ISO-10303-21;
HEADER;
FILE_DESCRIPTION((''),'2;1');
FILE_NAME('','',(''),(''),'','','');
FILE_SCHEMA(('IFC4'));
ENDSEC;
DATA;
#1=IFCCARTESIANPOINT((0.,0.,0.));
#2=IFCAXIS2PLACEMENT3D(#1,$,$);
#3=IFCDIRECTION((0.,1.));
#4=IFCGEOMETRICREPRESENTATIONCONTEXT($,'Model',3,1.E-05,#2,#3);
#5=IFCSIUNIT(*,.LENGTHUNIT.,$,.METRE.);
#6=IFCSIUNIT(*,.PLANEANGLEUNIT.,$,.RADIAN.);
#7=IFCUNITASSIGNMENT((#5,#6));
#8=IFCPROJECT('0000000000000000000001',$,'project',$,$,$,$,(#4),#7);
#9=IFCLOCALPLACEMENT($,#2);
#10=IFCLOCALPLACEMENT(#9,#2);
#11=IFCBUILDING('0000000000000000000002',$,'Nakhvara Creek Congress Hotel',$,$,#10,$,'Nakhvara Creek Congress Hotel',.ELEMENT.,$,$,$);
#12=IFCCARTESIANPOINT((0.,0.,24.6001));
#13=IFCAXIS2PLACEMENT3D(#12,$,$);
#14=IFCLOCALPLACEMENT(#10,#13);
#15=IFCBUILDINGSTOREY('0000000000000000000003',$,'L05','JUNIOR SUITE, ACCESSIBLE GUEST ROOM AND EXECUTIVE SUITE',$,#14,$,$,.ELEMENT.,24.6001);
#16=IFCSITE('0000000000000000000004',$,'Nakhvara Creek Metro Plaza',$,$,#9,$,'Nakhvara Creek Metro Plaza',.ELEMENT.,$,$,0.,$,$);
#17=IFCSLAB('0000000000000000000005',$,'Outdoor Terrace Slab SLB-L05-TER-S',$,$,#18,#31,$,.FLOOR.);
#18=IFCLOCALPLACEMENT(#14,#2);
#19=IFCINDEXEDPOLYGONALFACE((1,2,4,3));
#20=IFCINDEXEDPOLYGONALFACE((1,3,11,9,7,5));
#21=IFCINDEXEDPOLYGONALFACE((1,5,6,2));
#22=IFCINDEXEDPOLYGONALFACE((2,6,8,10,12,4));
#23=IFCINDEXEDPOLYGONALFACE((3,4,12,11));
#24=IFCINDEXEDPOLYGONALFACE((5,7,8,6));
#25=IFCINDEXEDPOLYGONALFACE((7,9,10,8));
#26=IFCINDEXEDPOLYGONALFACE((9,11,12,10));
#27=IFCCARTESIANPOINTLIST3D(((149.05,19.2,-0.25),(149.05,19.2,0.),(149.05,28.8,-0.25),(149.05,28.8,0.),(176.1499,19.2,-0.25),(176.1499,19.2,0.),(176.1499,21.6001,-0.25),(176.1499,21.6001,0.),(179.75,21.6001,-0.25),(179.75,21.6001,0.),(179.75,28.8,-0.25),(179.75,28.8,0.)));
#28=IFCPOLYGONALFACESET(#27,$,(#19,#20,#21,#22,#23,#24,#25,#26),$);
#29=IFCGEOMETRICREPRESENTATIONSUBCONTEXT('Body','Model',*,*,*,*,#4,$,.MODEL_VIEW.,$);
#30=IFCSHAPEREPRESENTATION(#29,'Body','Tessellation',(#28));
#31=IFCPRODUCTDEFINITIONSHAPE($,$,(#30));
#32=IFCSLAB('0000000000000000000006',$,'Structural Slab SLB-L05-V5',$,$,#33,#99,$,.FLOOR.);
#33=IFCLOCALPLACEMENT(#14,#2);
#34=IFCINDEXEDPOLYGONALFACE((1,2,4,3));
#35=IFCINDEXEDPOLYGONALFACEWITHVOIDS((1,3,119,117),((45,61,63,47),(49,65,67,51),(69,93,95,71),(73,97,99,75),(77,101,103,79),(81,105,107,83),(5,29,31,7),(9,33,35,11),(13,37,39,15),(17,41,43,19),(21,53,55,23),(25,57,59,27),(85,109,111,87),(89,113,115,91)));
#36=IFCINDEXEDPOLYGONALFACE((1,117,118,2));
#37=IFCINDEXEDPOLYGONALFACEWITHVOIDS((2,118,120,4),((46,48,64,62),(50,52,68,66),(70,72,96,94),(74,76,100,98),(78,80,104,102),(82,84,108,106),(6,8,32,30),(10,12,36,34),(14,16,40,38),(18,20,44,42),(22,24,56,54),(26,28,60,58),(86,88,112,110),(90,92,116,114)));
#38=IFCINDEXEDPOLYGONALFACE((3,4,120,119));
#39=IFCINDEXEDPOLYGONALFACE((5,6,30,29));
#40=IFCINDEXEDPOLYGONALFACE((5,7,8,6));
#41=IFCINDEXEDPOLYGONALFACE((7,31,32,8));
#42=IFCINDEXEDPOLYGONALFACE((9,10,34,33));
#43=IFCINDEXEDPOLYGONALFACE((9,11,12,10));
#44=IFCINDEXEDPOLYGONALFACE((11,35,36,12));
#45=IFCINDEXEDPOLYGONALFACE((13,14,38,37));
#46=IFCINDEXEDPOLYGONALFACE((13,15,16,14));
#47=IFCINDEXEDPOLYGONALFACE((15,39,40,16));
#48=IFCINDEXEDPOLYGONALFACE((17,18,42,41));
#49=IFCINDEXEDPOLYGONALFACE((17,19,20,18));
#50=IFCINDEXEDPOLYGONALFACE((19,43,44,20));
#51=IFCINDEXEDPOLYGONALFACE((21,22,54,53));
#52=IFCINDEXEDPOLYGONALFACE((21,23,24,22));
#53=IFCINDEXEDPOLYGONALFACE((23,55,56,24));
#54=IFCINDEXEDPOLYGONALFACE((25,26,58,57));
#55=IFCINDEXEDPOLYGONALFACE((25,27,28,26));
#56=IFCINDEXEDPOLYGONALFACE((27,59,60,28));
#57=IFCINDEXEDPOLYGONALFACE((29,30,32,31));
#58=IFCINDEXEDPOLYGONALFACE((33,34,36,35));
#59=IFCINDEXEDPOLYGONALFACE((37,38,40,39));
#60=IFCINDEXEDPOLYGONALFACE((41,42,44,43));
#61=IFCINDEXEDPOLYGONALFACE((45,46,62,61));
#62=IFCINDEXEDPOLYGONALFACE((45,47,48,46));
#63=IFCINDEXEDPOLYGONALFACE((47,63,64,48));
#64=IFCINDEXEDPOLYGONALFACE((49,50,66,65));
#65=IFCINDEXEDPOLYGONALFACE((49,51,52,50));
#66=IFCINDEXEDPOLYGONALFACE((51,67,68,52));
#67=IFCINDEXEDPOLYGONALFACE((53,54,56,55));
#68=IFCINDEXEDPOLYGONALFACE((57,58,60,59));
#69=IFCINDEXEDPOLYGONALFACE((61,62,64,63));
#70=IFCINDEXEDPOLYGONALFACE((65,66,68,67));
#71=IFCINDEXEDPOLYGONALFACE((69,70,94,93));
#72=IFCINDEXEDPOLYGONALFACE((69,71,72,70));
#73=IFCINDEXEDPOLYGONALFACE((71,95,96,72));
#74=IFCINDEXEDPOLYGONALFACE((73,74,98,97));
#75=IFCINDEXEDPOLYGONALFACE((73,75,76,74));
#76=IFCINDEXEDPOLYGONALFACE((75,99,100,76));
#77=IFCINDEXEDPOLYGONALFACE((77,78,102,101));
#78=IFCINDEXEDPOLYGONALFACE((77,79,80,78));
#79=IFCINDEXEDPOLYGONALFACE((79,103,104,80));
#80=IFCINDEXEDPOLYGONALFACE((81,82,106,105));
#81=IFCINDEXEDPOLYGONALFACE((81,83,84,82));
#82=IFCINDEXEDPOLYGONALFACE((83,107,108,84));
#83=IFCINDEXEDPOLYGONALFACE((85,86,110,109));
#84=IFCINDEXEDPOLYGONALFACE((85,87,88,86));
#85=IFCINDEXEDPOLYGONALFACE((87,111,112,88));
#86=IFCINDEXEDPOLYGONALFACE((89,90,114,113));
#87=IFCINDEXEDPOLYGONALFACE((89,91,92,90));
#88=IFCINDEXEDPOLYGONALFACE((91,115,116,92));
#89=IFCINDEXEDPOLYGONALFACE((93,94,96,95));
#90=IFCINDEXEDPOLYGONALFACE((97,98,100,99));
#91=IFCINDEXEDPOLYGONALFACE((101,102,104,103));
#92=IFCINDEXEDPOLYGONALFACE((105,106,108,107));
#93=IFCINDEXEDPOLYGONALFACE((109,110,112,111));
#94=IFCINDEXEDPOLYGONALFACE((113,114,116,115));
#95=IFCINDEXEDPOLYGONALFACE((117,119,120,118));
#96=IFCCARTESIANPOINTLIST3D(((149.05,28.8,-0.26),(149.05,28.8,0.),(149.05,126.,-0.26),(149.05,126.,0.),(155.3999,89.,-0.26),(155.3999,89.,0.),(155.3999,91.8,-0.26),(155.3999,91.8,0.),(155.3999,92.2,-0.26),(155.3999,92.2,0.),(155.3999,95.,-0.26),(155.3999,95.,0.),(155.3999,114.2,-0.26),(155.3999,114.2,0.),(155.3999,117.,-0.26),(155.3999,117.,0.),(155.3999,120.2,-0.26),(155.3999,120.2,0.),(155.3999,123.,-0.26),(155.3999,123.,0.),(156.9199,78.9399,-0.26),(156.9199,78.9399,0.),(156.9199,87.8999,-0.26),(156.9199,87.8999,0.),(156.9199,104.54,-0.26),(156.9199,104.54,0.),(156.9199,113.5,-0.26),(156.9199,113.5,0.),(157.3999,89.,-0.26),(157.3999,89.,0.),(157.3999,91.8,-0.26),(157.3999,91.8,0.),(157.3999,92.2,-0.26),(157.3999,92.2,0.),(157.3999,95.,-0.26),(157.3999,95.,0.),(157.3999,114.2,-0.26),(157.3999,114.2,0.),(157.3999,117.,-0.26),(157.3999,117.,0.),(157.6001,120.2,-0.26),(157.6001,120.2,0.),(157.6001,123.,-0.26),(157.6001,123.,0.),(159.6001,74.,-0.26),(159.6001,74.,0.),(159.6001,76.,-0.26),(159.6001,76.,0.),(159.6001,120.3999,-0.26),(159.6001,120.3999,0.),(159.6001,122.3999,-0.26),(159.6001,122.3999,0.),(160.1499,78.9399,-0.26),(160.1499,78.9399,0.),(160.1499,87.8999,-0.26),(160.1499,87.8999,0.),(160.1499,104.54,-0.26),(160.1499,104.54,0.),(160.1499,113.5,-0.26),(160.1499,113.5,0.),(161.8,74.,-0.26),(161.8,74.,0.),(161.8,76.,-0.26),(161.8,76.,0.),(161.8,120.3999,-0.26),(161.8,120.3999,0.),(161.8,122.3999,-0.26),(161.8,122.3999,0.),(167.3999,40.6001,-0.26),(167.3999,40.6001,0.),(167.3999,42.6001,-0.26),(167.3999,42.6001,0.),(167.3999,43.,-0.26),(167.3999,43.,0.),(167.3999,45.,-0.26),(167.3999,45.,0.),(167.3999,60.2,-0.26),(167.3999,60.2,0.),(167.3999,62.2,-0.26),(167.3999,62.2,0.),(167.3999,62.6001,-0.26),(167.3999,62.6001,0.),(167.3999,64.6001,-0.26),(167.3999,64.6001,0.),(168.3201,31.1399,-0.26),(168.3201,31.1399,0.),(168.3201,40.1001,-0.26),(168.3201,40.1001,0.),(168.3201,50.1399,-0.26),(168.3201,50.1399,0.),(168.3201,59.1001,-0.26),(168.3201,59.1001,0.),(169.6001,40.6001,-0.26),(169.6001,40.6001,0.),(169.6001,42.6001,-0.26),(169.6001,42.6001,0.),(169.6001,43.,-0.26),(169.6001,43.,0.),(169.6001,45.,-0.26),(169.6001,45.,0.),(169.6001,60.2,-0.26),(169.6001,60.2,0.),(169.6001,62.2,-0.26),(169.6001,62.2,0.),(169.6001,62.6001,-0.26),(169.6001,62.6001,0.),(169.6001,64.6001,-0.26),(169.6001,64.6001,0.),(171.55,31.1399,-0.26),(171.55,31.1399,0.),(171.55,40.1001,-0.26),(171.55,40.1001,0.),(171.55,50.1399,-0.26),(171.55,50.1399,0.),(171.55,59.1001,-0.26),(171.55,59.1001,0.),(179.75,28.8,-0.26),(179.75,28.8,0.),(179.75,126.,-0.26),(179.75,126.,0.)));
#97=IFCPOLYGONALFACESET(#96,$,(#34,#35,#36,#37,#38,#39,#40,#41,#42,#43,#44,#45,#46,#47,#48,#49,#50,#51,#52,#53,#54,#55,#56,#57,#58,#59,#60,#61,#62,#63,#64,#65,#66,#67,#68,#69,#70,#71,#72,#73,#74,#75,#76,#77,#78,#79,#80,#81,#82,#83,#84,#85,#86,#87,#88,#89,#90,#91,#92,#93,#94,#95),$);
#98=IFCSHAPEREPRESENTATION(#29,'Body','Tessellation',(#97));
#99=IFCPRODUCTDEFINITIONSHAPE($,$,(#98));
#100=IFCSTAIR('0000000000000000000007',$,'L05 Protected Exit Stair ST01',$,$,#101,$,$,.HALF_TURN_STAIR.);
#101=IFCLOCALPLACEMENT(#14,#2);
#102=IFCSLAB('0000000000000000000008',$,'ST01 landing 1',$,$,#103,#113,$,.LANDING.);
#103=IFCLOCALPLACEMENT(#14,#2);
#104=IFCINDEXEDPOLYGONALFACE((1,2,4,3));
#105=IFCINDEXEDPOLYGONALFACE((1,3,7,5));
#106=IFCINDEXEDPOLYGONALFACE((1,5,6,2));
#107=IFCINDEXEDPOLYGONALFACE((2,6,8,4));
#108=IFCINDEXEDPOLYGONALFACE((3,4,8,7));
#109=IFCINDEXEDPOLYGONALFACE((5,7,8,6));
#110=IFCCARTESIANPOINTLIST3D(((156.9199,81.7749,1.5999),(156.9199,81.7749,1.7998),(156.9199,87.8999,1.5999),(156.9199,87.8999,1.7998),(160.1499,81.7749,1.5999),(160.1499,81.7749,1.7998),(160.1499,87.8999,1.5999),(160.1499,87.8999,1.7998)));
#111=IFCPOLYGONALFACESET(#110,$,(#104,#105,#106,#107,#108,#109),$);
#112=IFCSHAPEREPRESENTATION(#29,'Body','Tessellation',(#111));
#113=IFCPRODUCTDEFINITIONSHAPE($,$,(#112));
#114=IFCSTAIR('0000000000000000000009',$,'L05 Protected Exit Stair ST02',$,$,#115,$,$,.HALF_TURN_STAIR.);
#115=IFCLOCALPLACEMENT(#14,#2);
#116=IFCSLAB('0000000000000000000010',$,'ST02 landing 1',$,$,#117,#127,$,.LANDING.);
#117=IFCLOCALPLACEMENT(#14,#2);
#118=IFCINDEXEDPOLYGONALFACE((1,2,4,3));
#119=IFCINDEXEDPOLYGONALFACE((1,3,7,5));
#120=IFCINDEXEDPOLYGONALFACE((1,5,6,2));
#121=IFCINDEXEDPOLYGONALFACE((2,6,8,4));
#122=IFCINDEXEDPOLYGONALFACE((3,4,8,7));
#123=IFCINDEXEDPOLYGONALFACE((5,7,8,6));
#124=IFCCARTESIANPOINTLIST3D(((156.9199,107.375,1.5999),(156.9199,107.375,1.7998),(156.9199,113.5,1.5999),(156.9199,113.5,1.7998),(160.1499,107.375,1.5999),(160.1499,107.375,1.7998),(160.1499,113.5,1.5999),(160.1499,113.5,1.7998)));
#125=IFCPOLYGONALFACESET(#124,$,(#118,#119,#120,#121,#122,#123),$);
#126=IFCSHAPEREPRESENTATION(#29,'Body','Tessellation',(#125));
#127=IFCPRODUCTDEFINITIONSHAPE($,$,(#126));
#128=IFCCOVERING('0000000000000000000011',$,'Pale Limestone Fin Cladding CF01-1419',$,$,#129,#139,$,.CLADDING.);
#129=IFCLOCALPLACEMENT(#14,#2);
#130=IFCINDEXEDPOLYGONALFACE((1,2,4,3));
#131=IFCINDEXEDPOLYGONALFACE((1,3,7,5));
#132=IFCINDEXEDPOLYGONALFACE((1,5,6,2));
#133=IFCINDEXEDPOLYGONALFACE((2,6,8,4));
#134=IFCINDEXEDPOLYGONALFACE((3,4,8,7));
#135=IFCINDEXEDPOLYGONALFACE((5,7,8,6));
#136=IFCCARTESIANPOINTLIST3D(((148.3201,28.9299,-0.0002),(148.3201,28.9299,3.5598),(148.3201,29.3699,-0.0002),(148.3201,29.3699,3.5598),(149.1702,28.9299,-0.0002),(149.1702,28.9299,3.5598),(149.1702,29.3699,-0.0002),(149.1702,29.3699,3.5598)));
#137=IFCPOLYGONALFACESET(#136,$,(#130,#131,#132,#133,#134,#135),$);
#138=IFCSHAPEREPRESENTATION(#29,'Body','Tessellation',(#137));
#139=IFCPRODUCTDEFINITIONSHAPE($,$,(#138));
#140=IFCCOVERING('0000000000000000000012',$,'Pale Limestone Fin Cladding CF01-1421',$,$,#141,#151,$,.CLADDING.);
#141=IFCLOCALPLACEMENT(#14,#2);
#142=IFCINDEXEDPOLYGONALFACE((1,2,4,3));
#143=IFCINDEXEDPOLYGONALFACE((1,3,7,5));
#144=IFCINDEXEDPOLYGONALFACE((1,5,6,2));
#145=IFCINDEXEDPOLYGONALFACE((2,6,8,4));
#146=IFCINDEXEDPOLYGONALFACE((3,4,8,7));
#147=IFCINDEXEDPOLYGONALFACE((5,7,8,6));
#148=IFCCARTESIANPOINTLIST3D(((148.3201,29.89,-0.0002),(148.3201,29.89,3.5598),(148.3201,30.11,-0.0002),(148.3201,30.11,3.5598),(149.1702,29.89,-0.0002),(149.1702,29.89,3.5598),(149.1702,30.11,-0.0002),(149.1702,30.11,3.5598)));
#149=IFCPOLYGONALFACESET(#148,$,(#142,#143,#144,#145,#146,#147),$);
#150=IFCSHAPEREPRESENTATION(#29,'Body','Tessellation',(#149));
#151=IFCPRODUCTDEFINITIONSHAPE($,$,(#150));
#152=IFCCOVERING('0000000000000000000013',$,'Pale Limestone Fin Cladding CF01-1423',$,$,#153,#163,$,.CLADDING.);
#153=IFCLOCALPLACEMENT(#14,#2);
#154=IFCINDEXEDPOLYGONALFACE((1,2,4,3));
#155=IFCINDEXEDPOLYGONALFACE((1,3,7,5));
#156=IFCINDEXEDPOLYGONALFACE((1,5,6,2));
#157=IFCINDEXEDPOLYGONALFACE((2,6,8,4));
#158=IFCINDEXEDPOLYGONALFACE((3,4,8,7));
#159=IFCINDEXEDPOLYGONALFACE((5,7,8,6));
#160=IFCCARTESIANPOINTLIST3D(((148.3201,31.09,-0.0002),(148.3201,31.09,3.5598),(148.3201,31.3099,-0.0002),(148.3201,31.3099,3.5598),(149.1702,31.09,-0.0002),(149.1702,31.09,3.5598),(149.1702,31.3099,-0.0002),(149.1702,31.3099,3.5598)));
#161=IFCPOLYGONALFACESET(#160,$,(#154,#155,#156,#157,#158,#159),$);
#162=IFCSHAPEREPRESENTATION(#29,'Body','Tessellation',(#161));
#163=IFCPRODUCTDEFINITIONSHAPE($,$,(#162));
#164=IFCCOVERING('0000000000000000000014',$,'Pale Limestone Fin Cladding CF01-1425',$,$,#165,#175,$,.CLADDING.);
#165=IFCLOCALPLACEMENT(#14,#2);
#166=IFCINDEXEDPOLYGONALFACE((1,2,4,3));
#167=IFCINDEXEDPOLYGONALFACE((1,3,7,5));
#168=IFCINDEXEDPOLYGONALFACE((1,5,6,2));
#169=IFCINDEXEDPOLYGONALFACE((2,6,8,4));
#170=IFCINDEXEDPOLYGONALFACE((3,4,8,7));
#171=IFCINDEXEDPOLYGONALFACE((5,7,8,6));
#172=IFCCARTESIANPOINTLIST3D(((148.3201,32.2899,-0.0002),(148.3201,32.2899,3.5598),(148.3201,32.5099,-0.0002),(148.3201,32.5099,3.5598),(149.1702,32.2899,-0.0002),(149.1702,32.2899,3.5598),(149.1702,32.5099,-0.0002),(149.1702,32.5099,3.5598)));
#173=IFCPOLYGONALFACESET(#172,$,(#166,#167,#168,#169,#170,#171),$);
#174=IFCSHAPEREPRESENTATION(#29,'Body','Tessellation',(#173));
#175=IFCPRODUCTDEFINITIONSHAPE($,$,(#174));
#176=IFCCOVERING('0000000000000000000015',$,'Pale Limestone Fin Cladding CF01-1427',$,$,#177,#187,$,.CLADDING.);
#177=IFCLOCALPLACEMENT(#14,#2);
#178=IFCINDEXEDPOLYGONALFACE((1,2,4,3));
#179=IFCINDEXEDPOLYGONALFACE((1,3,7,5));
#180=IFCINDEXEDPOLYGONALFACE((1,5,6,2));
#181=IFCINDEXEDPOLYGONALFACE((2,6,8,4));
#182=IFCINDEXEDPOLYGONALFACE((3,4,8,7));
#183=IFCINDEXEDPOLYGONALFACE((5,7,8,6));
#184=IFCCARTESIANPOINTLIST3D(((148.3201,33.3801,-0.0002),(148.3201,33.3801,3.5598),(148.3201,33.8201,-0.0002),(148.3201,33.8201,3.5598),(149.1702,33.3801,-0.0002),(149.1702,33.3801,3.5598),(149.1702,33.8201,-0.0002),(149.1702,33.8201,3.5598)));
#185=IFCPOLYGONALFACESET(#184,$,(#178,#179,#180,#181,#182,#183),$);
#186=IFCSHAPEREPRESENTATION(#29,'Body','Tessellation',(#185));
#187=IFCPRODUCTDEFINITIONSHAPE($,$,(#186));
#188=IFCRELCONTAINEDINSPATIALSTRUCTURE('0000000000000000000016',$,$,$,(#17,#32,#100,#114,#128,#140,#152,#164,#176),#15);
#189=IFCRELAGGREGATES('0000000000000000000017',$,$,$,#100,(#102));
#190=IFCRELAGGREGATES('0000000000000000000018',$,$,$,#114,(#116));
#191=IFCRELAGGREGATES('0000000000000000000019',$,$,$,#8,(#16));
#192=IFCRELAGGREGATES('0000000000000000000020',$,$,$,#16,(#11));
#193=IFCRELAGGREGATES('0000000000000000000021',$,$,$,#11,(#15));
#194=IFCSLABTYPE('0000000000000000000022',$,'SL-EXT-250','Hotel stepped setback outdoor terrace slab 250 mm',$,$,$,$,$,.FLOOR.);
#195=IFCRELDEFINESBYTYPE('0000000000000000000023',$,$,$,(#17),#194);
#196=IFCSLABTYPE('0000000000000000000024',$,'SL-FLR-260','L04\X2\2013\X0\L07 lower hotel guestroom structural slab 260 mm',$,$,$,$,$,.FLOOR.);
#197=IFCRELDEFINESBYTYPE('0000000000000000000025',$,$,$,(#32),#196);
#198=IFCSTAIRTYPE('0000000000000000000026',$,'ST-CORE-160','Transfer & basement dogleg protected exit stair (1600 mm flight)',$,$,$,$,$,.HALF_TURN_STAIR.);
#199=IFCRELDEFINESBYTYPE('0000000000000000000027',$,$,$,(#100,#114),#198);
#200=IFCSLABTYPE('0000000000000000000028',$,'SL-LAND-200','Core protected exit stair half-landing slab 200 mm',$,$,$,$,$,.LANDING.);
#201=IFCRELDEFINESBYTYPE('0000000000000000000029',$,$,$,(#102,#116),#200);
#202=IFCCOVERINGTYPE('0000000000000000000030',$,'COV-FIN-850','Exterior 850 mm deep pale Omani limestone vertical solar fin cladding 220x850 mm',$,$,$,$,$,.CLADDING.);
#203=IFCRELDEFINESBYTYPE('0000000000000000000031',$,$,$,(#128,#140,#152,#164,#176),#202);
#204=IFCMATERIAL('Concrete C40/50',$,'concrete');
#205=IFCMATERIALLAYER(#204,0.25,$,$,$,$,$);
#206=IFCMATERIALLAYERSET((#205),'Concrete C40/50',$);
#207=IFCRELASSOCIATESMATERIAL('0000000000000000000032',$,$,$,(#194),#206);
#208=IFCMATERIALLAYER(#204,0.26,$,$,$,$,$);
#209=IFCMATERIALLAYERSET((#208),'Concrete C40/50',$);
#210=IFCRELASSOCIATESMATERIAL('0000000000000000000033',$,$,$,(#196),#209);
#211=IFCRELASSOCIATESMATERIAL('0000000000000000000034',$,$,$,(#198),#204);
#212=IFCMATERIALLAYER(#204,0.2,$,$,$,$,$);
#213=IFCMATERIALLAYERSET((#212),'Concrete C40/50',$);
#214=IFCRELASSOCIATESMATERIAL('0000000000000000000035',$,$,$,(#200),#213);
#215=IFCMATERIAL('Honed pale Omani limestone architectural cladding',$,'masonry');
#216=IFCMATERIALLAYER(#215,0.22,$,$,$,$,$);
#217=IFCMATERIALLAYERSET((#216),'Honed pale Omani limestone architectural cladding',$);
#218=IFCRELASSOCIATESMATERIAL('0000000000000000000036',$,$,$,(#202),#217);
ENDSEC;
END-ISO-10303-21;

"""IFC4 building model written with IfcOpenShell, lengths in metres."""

from ifc_helpers import new_model, si_unit, direction, frame, origin, origin_2d, place, context, subcontext, project, spatial, polyline, rectangle, outline, extrude, material, layer, layer_set, type_object, element, aggregate, save


model = new_model("IFC4")

# Units and contexts
model_context = context("Model", 3, precision=1e-05, world=origin(), true_north=direction((0.0, 1.0)))
body_context = subcontext(model_context, "Body", "Model", "MODEL_VIEW")
ifc_project = project(units=[si_unit("LENGTHUNIT", "METRE"), si_unit("PLANEANGLEUNIT", "RADIAN")], contexts=[model_context])

# Site, building, storey
site_placement = place(None, origin())
site = spatial("IfcSite", under=ifc_project, at=site_placement, Name="Nakhvara Creek Metro Plaza", LongName="Nakhvara Creek Metro Plaza", CompositionType="ELEMENT", RefElevation=0.0)
building_placement = place(site_placement, origin())
building = spatial("IfcBuilding", under=site, at=building_placement, Name="Nakhvara Creek Congress Hotel", LongName="Nakhvara Creek Congress Hotel", CompositionType="ELEMENT")
storey_placement = place(building_placement, frame((0.0, 0.0, 24.6001)))
storey = spatial("IfcBuildingStorey", under=building, at=storey_placement, Name="L05", Description="JUNIOR SUITE, ACCESSIBLE GUEST ROOM AND EXECUTIVE SUITE", CompositionType="ELEMENT", Elevation=24.6001)

# Slabs
ifc_material_1 = material(Name="Concrete C40/50", Category="concrete")
ifc_layer_1 = layer(ifc_material_1, 0.25)
ifc_layer_set_1 = layer_set([ifc_layer_1], Name="Concrete C40/50")
slab_type_1 = type_object("IfcSlabType", Name="SL-EXT-250", Description="Hotel stepped setback outdoor terrace slab 250 mm", PredefinedType="FLOOR", material=ifc_layer_set_1)
slab_1_placement = place(storey_placement, frame((0.0, 0.0, -0.25)))
element("IfcSlab", 1, at=slab_1_placement, inside=storey, type_object=slab_type_1, Name="Outdoor Terrace Slab SLB-L05-TER-S", PredefinedType="FLOOR", context=body_context, shape_type="SweptSolid", body=[
    extrude(outline(polyline([(149.05, 19.2), (176.1499, 19.2), (176.1499, 21.6001), (179.75, 21.6001), (179.75, 28.8), (149.05, 28.8), (149.05, 19.2)])), origin(), (0.0, 0.0, 1.0), 0.25),
])
ifc_layer_2 = layer(ifc_material_1, 0.26)
ifc_layer_set_2 = layer_set([ifc_layer_2], Name="Concrete C40/50")
slab_type_2 = type_object("IfcSlabType", Name="SL-FLR-260", Description="L04–L07 lower hotel guestroom structural slab 260 mm", PredefinedType="FLOOR", material=ifc_layer_set_2)
slab_2_placement = place(storey_placement, frame((0.0, 0.0, -0.26)))
element("IfcSlab", 2, at=slab_2_placement, inside=storey, type_object=slab_type_2, Name="Structural Slab SLB-L05-V5", PredefinedType="FLOOR", context=body_context, shape_type="SweptSolid", body=[
    extrude(outline(polyline([(149.05, 126.0), (179.75, 126.0), (179.75, 28.8), (149.05, 28.8), (149.05, 126.0)]), holes=[polyline([(161.8, 74.0), (161.8, 76.0), (159.6001, 76.0), (159.6001, 74.0), (161.8, 74.0)]), polyline([(160.1499, 78.9399), (160.1499, 87.8999), (156.9199, 87.8999), (156.9199, 78.9399), (160.1499, 78.9399)]), polyline([(155.3999, 89.0), (157.3999, 89.0), (157.3999, 91.8), (155.3999, 91.8), (155.3999, 89.0)]), polyline([(155.3999, 92.2), (157.3999, 92.2), (157.3999, 95.0), (155.3999, 95.0), (155.3999, 92.2)]), polyline([(160.1499, 104.54), (160.1499, 113.5), (156.9199, 113.5), (156.9199, 104.54), (160.1499, 104.54)]), polyline([(155.3999, 114.2), (157.3999, 114.2), (157.3999, 117.0), (155.3999, 117.0), (155.3999, 114.2)]), polyline([(155.3999, 120.2), (157.6001, 120.2), (157.6001, 123.0), (155.3999, 123.0), (155.3999, 120.2)]), polyline([(171.55, 40.1001), (168.3201, 40.1001), (168.3201, 31.1399), (171.55, 31.1399), (171.55, 40.1001)]), polyline([(167.3999, 40.6001), (169.6001, 40.6001), (169.6001, 42.6001), (167.3999, 42.6001), (167.3999, 40.6001)]), polyline([(167.3999, 43.0), (169.6001, 43.0), (169.6001, 45.0), (167.3999, 45.0), (167.3999, 43.0)]), polyline([(171.55, 50.1399), (171.55, 59.1001), (168.3201, 59.1001), (168.3201, 50.1399), (171.55, 50.1399)]), polyline([(167.3999, 60.2), (169.6001, 60.2), (169.6001, 62.2), (167.3999, 62.2), (167.3999, 60.2)]), polyline([(167.3999, 62.6001), (169.6001, 62.6001), (169.6001, 64.6001), (167.3999, 64.6001), (167.3999, 62.6001)]), polyline([(159.6001, 120.3999), (161.8, 120.3999), (161.8, 122.3999), (159.6001, 122.3999), (159.6001, 120.3999)])]), origin(), (0.0, 0.0, 1.0), 0.26),
])

# Stairs, slabs
stair_type = type_object("IfcStairType", Name="ST-CORE-160", Description="Transfer & basement dogleg protected exit stair (1600 mm flight)", PredefinedType="HALF_TURN_STAIR", material=ifc_material_1)
stair_1_placement = place(storey_placement, origin())
stair_1 = element("IfcStair", 3, at=stair_1_placement, inside=storey, type_object=stair_type, Name="L05 Protected Exit Stair ST01", PredefinedType="HALF_TURN_STAIR")
ifc_layer_3 = layer(ifc_material_1, 0.2)
ifc_layer_set_3 = layer_set([ifc_layer_3], Name="Concrete C40/50")
slab_type_3 = type_object("IfcSlabType", Name="SL-LAND-200", Description="Core protected exit stair half-landing slab 200 mm", PredefinedType="LANDING", material=ifc_layer_set_3)
slab_3_placement = place(storey_placement, frame((0.0, 0.0, 1.5999)))
slab_3 = element("IfcSlab", 4, at=slab_3_placement, type_object=slab_type_3, Name="ST01 landing 1", PredefinedType="LANDING", context=body_context, shape_type="SweptSolid", body=[
    extrude(outline(polyline([(160.1499, 81.7749), (160.1499, 87.8999), (156.9199, 87.8999), (156.9199, 81.7749), (160.1499, 81.7749)])), origin(), (0.0, 0.0, 1.0), 0.2),
])
aggregate(stair_1, [slab_3])
stair_2_placement = place(storey_placement, origin())
stair_2 = element("IfcStair", 5, at=stair_2_placement, inside=storey, type_object=stair_type, Name="L05 Protected Exit Stair ST02", PredefinedType="HALF_TURN_STAIR")
slab_4_placement = place(storey_placement, frame((0.0, 0.0, 1.5999)))
slab_4 = element("IfcSlab", 6, at=slab_4_placement, type_object=slab_type_3, Name="ST02 landing 1", PredefinedType="LANDING", context=body_context, shape_type="SweptSolid", body=[
    extrude(outline(polyline([(160.1499, 107.375), (160.1499, 113.5), (156.9199, 113.5), (156.9199, 107.375), (160.1499, 107.375)])), origin(), (0.0, 0.0, 1.0), 0.2),
])
aggregate(stair_2, [slab_4])

# Coverings
ifc_material_2 = material(Name="Honed pale Omani limestone architectural cladding", Category="masonry")
ifc_layer_4 = layer(ifc_material_2, 0.22)
ifc_layer_set_4 = layer_set([ifc_layer_4], Name="Honed pale Omani limestone architectural cladding")
covering_type = type_object("IfcCoveringType", Name="COV-FIN-850", Description="Exterior 850 mm deep pale Omani limestone vertical solar fin cladding 220x850 mm", PredefinedType="CLADDING", material=ifc_layer_set_4)
covering_1_placement = place(storey_placement, frame((148.7451, 29.1499, -0.0002), z_axis=(0.0, 0.0, 1.0), x_axis=(0.0, 1.0, 0.0)))
element("IfcCovering", 7, at=covering_1_placement, inside=storey, type_object=covering_type, Name="Pale Limestone Fin Cladding CF01-1419", PredefinedType="CLADDING", context=body_context, shape_type="SweptSolid", body=[
    extrude(rectangle(XDim=0.4399, YDim=0.8501, at=origin_2d()), origin(), (0.0, 0.0, 1.0), 3.5601),
])
for number, where, z_axis, x_axis, name in (
    (8, (148.7451, 30.0, -0.0002), (0.0, 0.0, 1.0), (0.0, 1.0, 0.0), "Pale Limestone Fin Cladding CF01-1421"),
    (9, (148.7451, 31.2, -0.0002), (0.0, 0.0, 1.0), (0.0, 1.0, 0.0), "Pale Limestone Fin Cladding CF01-1423"),
    (10, (148.7451, 32.3999, -0.0002), (0.0, 0.0, 1.0), (0.0, 1.0, 0.0), "Pale Limestone Fin Cladding CF01-1425"),
):
    element("IfcCovering", number, at=place(storey_placement, frame(where, z_axis=z_axis, x_axis=x_axis)), inside=storey, type_object=covering_type, Name=name, PredefinedType="CLADDING", context=body_context, shape_type="SweptSolid", body=[
        extrude(rectangle(XDim=0.22, YDim=0.8501, at=origin_2d()), origin(), (0.0, 0.0, 1.0), 3.5601),
    ])
covering_2_placement = place(storey_placement, frame((148.7451, 33.6001, -0.0002), z_axis=(0.0, 0.0, 1.0), x_axis=(0.0, 1.0, 0.0)))
element("IfcCovering", 11, at=covering_2_placement, inside=storey, type_object=covering_type, Name="Pale Limestone Fin Cladding CF01-1427", PredefinedType="CLADDING", context=body_context, shape_type="SweptSolid", body=[
    extrude(rectangle(XDim=0.4399, YDim=0.8501, at=origin_2d()), origin(), (0.0, 0.0, 1.0), 3.5601),
])

save(model, "model.ifc")
